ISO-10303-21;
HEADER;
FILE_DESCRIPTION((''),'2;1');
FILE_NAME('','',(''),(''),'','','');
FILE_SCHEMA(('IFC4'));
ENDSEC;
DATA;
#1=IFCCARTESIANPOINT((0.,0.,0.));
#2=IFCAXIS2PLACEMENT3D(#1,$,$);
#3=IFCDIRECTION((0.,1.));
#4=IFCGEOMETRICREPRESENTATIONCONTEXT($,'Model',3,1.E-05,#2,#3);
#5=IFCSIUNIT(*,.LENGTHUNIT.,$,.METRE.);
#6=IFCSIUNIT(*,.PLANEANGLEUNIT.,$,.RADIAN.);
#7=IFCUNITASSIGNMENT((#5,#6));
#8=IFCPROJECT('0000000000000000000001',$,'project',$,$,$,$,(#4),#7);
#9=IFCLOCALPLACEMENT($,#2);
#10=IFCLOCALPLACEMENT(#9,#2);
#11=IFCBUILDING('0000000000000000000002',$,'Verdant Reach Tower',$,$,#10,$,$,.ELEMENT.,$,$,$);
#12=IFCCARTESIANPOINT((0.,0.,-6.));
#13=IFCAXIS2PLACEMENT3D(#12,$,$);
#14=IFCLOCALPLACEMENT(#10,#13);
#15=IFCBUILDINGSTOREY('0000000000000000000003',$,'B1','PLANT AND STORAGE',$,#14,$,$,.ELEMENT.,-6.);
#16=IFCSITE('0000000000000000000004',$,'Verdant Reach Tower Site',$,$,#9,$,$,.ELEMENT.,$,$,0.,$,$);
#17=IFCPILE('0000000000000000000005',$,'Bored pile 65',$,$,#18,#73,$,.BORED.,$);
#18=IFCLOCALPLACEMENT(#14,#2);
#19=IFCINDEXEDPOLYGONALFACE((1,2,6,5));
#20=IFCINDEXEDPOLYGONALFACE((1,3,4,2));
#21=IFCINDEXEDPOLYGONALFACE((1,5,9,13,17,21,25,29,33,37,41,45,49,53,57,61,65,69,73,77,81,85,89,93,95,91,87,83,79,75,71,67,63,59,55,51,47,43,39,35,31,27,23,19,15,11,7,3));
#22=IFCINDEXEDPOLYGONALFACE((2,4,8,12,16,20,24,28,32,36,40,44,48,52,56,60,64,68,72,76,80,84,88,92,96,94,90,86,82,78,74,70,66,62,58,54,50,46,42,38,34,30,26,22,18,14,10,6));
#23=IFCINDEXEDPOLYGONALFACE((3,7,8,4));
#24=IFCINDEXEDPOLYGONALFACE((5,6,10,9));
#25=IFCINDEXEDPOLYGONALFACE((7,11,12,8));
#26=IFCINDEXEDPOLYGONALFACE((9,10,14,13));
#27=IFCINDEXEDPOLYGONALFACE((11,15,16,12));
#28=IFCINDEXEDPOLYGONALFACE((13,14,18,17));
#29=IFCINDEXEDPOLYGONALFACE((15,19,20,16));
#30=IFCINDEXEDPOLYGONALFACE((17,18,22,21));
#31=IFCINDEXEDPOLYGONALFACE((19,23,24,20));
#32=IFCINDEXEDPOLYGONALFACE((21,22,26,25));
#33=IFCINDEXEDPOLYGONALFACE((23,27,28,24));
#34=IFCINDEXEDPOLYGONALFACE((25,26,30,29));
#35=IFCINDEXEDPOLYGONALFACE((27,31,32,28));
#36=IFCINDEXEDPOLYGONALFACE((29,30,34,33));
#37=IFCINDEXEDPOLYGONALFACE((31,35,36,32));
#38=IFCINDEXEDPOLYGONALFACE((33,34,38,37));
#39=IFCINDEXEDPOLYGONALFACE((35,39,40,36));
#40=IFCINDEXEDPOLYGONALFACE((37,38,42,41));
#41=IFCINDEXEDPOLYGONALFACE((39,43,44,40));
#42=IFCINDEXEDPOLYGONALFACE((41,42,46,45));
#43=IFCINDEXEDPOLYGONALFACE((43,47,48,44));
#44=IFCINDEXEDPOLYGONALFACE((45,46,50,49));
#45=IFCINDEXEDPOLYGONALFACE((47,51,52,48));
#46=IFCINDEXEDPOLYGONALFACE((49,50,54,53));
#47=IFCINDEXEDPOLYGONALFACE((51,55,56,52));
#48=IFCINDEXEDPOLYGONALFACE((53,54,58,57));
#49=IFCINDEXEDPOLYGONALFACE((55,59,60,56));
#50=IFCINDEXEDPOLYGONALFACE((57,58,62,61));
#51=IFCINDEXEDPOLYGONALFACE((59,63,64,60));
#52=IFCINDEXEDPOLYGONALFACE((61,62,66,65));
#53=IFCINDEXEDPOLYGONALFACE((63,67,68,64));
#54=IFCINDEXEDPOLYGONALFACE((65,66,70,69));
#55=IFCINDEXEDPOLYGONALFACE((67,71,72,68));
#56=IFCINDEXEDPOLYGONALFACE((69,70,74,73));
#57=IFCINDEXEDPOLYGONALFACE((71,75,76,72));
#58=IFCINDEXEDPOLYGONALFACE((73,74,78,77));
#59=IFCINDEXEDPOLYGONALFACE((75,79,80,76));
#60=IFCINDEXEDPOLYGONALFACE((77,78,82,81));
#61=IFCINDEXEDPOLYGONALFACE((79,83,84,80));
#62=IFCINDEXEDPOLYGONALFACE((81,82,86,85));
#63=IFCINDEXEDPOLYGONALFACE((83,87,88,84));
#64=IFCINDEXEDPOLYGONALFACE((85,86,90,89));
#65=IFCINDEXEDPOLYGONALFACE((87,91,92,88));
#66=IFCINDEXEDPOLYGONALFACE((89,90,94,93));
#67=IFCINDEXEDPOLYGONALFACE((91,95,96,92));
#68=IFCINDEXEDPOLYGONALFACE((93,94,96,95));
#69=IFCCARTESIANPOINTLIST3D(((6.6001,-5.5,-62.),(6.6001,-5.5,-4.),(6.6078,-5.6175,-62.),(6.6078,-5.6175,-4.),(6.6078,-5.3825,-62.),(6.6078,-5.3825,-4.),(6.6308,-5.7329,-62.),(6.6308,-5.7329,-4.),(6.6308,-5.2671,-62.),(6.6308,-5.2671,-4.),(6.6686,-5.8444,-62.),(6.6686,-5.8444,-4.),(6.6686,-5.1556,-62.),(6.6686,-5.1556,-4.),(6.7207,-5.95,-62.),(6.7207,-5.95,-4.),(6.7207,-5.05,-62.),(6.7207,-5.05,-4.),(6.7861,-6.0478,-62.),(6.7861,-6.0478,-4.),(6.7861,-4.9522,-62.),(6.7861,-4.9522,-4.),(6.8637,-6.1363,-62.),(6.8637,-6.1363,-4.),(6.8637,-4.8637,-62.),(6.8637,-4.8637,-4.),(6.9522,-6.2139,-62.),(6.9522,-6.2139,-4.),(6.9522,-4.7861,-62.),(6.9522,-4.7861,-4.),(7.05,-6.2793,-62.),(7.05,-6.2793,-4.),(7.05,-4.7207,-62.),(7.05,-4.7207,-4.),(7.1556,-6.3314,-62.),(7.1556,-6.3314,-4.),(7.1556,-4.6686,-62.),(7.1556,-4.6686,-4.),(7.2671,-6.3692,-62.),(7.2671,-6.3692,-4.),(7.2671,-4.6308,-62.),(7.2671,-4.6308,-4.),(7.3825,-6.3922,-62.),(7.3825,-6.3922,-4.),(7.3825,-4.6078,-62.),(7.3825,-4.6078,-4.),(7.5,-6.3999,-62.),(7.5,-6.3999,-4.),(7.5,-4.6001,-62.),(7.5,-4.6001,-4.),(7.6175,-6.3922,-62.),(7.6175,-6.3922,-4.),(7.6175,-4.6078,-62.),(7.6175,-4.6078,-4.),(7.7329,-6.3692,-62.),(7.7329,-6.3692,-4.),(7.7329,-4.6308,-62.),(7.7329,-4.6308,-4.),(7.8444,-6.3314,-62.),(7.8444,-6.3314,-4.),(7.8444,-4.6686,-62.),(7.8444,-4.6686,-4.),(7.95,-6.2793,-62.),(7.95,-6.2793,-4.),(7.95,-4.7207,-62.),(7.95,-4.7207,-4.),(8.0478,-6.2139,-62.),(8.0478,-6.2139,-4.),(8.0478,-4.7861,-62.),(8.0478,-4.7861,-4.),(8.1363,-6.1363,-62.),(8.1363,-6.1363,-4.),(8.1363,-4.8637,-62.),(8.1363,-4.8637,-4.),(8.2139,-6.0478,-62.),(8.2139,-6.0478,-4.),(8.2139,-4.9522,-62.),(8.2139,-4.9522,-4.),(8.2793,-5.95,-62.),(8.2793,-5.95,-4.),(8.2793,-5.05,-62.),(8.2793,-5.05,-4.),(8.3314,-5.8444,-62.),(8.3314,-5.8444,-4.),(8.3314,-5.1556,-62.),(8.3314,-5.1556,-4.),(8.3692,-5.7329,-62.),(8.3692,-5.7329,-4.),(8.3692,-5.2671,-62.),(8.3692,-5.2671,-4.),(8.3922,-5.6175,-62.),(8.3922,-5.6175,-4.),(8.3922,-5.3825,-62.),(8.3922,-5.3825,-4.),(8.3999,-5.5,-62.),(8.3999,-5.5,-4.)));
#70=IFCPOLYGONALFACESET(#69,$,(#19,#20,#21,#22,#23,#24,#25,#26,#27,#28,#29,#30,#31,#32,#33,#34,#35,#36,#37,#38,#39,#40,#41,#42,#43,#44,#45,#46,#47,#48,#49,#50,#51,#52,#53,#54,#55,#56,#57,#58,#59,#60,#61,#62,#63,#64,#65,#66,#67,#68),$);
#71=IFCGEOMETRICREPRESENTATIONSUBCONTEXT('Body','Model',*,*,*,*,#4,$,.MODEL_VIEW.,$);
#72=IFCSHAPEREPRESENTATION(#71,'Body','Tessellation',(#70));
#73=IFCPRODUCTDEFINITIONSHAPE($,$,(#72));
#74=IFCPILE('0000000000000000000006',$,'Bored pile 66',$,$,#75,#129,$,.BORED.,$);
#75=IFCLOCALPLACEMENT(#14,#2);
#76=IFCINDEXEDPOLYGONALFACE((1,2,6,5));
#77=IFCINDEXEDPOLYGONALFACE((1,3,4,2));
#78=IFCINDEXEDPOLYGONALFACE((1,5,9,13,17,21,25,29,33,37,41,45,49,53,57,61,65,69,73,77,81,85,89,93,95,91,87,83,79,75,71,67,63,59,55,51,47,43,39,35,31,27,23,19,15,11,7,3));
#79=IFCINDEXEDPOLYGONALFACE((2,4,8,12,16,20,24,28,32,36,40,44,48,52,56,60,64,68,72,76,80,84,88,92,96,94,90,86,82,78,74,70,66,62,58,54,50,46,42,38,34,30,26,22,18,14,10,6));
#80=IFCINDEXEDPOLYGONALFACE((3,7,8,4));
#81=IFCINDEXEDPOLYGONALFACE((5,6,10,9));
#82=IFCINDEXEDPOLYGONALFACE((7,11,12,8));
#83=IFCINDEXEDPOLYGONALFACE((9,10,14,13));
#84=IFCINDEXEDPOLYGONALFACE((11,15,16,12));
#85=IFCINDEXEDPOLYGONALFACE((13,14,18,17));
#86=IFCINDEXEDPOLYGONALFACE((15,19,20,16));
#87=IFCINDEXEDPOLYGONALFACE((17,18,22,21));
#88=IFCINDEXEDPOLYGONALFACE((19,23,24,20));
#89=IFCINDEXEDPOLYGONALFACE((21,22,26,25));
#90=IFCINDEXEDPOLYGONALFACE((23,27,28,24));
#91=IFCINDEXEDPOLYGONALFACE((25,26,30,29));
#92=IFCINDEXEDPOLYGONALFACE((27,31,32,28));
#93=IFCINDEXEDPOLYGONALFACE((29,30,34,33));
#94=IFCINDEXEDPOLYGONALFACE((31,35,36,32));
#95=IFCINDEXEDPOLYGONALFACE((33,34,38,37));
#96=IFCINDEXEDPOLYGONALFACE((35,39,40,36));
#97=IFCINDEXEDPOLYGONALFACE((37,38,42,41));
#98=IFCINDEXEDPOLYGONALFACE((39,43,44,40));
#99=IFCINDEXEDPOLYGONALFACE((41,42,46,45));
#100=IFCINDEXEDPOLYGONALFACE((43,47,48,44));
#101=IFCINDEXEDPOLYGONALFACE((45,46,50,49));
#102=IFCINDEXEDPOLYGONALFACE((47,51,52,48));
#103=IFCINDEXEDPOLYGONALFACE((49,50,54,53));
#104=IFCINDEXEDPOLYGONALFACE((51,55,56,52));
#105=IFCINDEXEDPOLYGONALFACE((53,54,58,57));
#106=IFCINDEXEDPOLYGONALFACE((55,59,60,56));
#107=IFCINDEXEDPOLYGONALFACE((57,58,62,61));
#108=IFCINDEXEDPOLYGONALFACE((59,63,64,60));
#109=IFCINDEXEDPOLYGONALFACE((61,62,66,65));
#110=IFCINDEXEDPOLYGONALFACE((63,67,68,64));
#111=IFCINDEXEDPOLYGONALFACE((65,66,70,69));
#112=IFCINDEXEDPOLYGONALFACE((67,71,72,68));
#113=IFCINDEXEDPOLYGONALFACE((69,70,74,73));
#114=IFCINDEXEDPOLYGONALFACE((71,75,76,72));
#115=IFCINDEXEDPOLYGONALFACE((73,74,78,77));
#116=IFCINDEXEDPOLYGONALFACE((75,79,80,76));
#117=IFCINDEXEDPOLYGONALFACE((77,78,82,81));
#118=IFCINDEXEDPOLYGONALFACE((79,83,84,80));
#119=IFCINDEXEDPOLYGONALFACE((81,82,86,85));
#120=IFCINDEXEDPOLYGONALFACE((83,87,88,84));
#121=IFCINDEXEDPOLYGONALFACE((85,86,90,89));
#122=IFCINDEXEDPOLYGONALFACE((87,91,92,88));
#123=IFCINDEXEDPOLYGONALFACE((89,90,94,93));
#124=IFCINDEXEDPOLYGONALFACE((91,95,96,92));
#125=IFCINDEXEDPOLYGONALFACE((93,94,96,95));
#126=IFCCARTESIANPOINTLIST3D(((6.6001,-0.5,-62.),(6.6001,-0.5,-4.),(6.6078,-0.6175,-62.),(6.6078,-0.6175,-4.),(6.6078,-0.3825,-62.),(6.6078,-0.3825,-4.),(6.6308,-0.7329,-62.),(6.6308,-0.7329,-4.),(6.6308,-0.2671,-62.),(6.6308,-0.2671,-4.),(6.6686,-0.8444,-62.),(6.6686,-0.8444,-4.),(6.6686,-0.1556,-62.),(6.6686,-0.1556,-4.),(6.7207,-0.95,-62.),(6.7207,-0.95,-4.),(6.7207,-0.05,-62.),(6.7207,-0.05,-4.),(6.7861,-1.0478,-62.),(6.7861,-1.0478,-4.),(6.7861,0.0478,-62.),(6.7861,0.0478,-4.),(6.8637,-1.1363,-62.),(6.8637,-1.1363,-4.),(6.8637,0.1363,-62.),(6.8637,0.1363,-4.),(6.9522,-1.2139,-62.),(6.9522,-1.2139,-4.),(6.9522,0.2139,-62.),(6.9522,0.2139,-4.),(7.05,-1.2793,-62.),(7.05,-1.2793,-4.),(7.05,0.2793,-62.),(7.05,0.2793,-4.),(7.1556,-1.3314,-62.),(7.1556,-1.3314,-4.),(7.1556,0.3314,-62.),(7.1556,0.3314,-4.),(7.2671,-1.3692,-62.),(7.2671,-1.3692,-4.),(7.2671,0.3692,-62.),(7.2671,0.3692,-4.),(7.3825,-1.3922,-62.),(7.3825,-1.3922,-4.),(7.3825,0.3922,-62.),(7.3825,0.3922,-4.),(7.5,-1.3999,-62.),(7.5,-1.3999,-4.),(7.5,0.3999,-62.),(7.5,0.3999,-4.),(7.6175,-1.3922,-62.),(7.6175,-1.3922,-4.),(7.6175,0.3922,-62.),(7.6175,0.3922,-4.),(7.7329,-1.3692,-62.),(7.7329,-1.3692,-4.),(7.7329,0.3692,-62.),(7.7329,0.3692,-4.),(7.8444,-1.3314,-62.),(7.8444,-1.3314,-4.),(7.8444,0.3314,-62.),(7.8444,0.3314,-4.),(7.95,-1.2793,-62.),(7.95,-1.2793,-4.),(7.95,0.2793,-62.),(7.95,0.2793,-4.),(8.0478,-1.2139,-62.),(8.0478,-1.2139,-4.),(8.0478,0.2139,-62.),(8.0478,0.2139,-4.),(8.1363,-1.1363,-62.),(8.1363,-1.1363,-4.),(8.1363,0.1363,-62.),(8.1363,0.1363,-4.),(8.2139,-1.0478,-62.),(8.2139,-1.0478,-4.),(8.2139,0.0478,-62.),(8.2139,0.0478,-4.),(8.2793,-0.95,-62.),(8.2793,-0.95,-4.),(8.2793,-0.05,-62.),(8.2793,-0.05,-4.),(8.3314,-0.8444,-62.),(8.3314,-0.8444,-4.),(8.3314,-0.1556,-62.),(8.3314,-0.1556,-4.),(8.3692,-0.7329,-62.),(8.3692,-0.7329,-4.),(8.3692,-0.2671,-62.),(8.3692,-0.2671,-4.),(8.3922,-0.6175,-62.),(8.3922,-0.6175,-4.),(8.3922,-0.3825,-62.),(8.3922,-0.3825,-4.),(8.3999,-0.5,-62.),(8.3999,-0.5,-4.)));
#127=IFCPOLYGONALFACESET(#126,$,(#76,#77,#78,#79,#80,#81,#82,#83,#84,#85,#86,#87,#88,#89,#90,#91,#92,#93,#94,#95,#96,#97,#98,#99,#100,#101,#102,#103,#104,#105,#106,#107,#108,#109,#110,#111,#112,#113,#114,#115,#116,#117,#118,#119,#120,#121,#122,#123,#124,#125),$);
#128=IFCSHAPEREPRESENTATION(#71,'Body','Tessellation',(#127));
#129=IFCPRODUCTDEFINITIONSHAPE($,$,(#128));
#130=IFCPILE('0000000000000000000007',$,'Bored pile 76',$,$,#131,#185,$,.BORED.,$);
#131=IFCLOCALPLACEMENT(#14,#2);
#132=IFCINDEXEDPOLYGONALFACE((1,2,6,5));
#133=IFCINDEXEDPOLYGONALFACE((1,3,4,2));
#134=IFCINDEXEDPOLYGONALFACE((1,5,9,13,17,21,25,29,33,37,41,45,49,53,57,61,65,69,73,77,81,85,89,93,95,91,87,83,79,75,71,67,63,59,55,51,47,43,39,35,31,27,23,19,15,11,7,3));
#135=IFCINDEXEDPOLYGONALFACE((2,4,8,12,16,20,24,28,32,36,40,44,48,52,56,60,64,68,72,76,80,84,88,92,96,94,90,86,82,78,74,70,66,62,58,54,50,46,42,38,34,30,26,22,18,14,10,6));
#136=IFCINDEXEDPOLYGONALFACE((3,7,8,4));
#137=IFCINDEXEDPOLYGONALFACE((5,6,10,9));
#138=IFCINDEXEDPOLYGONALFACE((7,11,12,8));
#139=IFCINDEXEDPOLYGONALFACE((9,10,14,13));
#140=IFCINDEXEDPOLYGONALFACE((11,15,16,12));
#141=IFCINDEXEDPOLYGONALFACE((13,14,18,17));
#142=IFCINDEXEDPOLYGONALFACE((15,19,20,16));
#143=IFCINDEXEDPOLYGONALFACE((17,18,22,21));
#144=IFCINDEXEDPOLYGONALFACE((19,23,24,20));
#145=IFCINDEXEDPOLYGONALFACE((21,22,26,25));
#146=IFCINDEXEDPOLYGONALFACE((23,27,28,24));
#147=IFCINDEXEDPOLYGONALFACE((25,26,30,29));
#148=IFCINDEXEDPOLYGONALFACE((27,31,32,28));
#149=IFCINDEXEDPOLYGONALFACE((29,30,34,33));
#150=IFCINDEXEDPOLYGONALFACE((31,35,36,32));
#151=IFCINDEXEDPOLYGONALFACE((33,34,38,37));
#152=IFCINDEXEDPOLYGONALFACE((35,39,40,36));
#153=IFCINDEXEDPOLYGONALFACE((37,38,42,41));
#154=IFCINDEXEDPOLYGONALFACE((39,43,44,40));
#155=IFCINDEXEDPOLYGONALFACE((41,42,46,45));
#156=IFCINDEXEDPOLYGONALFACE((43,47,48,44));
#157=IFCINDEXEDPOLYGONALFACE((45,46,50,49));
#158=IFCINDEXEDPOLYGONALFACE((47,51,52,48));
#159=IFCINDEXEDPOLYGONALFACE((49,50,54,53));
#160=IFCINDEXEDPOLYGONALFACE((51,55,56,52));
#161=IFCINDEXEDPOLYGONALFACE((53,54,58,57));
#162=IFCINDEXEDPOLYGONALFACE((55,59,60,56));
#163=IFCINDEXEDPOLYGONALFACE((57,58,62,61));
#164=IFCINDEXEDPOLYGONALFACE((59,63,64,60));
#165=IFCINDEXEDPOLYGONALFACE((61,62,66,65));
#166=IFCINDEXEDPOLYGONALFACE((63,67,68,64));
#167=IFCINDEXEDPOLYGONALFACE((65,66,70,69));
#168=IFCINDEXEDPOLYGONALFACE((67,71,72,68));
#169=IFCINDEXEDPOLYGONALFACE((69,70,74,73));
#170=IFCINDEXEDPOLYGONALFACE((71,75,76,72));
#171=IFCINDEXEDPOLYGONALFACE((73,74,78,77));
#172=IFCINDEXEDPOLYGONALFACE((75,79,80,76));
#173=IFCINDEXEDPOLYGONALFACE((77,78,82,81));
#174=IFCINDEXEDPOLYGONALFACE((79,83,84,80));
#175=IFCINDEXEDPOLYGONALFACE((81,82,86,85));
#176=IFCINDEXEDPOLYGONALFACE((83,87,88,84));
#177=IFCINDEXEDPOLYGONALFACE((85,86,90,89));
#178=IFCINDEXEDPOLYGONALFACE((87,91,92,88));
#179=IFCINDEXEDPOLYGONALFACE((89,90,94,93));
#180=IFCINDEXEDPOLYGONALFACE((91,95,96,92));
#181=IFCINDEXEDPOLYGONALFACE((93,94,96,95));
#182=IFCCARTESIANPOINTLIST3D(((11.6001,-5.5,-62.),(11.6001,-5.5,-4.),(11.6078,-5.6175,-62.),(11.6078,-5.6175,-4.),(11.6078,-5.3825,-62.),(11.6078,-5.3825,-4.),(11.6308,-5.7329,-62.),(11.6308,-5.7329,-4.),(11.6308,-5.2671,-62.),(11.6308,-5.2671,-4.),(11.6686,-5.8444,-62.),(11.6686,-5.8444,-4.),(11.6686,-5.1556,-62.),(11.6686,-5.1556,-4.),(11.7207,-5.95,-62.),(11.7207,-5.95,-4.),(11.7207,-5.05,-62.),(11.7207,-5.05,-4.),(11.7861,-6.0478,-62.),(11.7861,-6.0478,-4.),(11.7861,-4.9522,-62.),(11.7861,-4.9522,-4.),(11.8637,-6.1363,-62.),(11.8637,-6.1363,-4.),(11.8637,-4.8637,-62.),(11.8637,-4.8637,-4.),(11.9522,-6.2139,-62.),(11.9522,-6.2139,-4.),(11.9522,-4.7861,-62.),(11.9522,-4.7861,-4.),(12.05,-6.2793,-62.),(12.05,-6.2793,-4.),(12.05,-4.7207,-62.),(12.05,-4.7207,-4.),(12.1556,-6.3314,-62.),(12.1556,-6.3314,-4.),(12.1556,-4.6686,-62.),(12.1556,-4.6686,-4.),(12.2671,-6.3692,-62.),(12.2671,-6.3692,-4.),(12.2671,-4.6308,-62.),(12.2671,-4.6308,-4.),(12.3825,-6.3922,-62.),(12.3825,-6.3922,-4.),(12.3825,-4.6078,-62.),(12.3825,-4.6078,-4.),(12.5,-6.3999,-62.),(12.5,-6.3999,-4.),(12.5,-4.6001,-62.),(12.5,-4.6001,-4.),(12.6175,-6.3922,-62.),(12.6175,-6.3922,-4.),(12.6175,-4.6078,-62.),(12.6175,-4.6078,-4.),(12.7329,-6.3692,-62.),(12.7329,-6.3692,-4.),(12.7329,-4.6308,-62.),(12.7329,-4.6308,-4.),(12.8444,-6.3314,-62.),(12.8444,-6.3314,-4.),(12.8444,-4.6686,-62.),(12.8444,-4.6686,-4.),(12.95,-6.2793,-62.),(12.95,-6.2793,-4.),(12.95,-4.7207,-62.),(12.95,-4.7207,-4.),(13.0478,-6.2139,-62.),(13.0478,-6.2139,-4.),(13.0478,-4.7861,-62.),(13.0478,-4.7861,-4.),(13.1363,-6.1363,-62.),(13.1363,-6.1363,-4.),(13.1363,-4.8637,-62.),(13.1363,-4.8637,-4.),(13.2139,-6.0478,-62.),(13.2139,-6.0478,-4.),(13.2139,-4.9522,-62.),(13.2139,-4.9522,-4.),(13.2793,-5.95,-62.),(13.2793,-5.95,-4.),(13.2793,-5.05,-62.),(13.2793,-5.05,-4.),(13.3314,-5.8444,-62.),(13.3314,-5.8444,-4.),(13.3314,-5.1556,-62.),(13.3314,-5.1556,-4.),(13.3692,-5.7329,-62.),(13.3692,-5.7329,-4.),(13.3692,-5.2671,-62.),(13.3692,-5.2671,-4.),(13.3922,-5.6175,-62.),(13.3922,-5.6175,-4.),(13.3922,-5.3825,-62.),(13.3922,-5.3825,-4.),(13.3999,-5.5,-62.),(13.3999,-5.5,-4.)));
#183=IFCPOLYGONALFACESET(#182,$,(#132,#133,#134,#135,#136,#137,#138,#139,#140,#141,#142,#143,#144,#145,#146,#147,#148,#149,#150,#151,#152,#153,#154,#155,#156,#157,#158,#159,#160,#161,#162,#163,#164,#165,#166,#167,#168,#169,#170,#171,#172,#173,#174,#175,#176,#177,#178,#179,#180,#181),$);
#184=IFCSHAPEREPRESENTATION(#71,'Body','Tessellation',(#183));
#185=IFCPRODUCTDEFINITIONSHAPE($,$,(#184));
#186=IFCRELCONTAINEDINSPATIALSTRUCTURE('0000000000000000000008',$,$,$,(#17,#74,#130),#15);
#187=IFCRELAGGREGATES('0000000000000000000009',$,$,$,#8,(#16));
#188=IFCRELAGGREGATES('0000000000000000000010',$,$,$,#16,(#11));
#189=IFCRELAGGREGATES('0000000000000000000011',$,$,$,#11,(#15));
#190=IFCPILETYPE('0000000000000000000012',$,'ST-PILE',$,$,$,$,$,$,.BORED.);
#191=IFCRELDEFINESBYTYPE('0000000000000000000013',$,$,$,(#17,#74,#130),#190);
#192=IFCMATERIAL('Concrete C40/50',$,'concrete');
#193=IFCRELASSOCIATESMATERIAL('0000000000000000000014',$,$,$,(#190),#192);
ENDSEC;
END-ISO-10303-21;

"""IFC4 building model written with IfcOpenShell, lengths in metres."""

from ifc_helpers import new_model, si_unit, direction, frame, origin, origin_2d, place, context, subcontext, project, spatial, circle, extrude, material, material_profile, profile_set, type_object, element, save


model = new_model("IFC4")

# Units and contexts
model_context = context("Model", 3, precision=1e-05, world=origin(), true_north=direction((0.0, 1.0)))
body_context = subcontext(model_context, "Body", "Model", "MODEL_VIEW")
ifc_project = project(units=[si_unit("LENGTHUNIT", "METRE"), si_unit("PLANEANGLEUNIT", "RADIAN")], contexts=[model_context])

# Site, building, storey
site_placement = place(None, origin())
site = spatial("IfcSite", under=ifc_project, at=site_placement, Name="Verdant Reach Tower Site", CompositionType="ELEMENT", RefElevation=0.0)
building_placement = place(site_placement, origin())
building = spatial("IfcBuilding", under=site, at=building_placement, Name="Verdant Reach Tower", CompositionType="ELEMENT")
storey_placement = place(building_placement, frame((0.0, 0.0, -6.0)))
storey = spatial("IfcBuildingStorey", under=building, at=storey_placement, Name="B1", Description="PLANT AND STORAGE", CompositionType="ELEMENT", Elevation=-6.0)

# Piles
ifc_material_1 = material(Name="Concrete C40/50", Category="concrete")
ifc_material_profile_1 = material_profile(ifc_material_1, circle(Radius=0.8999, at=origin_2d()), Name="BP 1800")
ifc_profile_set_1 = profile_set([ifc_material_profile_1], Name="Concrete C40/50")
pile_type = type_object("IfcPileType", Name="ST-PILE", PredefinedType="BORED", material=ifc_profile_set_1)
for number, where, z_axis, x_axis, name in (
    (1, (7.5, -5.5, -4.0), (0.0, 0.0, -1.0), (1.0, 0.0, 0.0), "Bored pile 65"),
    (2, (7.5, -0.5, -4.0), (0.0, 0.0, -1.0), (1.0, 0.0, 0.0), "Bored pile 66"),
    (3, (12.5, -5.5, -4.0), (0.0, 0.0, -1.0), (1.0, 0.0, 0.0), "Bored pile 76"),
):
    element("IfcPile", number, at=place(storey_placement, frame(where, z_axis=z_axis, x_axis=x_axis)), inside=storey, type_object=pile_type, Name=name, PredefinedType="BORED", context=body_context, shape_type="SweptSolid", body=[
        extrude(circle(Radius=0.8999, at=origin_2d()), origin(), (0.0, 0.0, 1.0), 58.0),
    ])

save(model, "model.ifc")
